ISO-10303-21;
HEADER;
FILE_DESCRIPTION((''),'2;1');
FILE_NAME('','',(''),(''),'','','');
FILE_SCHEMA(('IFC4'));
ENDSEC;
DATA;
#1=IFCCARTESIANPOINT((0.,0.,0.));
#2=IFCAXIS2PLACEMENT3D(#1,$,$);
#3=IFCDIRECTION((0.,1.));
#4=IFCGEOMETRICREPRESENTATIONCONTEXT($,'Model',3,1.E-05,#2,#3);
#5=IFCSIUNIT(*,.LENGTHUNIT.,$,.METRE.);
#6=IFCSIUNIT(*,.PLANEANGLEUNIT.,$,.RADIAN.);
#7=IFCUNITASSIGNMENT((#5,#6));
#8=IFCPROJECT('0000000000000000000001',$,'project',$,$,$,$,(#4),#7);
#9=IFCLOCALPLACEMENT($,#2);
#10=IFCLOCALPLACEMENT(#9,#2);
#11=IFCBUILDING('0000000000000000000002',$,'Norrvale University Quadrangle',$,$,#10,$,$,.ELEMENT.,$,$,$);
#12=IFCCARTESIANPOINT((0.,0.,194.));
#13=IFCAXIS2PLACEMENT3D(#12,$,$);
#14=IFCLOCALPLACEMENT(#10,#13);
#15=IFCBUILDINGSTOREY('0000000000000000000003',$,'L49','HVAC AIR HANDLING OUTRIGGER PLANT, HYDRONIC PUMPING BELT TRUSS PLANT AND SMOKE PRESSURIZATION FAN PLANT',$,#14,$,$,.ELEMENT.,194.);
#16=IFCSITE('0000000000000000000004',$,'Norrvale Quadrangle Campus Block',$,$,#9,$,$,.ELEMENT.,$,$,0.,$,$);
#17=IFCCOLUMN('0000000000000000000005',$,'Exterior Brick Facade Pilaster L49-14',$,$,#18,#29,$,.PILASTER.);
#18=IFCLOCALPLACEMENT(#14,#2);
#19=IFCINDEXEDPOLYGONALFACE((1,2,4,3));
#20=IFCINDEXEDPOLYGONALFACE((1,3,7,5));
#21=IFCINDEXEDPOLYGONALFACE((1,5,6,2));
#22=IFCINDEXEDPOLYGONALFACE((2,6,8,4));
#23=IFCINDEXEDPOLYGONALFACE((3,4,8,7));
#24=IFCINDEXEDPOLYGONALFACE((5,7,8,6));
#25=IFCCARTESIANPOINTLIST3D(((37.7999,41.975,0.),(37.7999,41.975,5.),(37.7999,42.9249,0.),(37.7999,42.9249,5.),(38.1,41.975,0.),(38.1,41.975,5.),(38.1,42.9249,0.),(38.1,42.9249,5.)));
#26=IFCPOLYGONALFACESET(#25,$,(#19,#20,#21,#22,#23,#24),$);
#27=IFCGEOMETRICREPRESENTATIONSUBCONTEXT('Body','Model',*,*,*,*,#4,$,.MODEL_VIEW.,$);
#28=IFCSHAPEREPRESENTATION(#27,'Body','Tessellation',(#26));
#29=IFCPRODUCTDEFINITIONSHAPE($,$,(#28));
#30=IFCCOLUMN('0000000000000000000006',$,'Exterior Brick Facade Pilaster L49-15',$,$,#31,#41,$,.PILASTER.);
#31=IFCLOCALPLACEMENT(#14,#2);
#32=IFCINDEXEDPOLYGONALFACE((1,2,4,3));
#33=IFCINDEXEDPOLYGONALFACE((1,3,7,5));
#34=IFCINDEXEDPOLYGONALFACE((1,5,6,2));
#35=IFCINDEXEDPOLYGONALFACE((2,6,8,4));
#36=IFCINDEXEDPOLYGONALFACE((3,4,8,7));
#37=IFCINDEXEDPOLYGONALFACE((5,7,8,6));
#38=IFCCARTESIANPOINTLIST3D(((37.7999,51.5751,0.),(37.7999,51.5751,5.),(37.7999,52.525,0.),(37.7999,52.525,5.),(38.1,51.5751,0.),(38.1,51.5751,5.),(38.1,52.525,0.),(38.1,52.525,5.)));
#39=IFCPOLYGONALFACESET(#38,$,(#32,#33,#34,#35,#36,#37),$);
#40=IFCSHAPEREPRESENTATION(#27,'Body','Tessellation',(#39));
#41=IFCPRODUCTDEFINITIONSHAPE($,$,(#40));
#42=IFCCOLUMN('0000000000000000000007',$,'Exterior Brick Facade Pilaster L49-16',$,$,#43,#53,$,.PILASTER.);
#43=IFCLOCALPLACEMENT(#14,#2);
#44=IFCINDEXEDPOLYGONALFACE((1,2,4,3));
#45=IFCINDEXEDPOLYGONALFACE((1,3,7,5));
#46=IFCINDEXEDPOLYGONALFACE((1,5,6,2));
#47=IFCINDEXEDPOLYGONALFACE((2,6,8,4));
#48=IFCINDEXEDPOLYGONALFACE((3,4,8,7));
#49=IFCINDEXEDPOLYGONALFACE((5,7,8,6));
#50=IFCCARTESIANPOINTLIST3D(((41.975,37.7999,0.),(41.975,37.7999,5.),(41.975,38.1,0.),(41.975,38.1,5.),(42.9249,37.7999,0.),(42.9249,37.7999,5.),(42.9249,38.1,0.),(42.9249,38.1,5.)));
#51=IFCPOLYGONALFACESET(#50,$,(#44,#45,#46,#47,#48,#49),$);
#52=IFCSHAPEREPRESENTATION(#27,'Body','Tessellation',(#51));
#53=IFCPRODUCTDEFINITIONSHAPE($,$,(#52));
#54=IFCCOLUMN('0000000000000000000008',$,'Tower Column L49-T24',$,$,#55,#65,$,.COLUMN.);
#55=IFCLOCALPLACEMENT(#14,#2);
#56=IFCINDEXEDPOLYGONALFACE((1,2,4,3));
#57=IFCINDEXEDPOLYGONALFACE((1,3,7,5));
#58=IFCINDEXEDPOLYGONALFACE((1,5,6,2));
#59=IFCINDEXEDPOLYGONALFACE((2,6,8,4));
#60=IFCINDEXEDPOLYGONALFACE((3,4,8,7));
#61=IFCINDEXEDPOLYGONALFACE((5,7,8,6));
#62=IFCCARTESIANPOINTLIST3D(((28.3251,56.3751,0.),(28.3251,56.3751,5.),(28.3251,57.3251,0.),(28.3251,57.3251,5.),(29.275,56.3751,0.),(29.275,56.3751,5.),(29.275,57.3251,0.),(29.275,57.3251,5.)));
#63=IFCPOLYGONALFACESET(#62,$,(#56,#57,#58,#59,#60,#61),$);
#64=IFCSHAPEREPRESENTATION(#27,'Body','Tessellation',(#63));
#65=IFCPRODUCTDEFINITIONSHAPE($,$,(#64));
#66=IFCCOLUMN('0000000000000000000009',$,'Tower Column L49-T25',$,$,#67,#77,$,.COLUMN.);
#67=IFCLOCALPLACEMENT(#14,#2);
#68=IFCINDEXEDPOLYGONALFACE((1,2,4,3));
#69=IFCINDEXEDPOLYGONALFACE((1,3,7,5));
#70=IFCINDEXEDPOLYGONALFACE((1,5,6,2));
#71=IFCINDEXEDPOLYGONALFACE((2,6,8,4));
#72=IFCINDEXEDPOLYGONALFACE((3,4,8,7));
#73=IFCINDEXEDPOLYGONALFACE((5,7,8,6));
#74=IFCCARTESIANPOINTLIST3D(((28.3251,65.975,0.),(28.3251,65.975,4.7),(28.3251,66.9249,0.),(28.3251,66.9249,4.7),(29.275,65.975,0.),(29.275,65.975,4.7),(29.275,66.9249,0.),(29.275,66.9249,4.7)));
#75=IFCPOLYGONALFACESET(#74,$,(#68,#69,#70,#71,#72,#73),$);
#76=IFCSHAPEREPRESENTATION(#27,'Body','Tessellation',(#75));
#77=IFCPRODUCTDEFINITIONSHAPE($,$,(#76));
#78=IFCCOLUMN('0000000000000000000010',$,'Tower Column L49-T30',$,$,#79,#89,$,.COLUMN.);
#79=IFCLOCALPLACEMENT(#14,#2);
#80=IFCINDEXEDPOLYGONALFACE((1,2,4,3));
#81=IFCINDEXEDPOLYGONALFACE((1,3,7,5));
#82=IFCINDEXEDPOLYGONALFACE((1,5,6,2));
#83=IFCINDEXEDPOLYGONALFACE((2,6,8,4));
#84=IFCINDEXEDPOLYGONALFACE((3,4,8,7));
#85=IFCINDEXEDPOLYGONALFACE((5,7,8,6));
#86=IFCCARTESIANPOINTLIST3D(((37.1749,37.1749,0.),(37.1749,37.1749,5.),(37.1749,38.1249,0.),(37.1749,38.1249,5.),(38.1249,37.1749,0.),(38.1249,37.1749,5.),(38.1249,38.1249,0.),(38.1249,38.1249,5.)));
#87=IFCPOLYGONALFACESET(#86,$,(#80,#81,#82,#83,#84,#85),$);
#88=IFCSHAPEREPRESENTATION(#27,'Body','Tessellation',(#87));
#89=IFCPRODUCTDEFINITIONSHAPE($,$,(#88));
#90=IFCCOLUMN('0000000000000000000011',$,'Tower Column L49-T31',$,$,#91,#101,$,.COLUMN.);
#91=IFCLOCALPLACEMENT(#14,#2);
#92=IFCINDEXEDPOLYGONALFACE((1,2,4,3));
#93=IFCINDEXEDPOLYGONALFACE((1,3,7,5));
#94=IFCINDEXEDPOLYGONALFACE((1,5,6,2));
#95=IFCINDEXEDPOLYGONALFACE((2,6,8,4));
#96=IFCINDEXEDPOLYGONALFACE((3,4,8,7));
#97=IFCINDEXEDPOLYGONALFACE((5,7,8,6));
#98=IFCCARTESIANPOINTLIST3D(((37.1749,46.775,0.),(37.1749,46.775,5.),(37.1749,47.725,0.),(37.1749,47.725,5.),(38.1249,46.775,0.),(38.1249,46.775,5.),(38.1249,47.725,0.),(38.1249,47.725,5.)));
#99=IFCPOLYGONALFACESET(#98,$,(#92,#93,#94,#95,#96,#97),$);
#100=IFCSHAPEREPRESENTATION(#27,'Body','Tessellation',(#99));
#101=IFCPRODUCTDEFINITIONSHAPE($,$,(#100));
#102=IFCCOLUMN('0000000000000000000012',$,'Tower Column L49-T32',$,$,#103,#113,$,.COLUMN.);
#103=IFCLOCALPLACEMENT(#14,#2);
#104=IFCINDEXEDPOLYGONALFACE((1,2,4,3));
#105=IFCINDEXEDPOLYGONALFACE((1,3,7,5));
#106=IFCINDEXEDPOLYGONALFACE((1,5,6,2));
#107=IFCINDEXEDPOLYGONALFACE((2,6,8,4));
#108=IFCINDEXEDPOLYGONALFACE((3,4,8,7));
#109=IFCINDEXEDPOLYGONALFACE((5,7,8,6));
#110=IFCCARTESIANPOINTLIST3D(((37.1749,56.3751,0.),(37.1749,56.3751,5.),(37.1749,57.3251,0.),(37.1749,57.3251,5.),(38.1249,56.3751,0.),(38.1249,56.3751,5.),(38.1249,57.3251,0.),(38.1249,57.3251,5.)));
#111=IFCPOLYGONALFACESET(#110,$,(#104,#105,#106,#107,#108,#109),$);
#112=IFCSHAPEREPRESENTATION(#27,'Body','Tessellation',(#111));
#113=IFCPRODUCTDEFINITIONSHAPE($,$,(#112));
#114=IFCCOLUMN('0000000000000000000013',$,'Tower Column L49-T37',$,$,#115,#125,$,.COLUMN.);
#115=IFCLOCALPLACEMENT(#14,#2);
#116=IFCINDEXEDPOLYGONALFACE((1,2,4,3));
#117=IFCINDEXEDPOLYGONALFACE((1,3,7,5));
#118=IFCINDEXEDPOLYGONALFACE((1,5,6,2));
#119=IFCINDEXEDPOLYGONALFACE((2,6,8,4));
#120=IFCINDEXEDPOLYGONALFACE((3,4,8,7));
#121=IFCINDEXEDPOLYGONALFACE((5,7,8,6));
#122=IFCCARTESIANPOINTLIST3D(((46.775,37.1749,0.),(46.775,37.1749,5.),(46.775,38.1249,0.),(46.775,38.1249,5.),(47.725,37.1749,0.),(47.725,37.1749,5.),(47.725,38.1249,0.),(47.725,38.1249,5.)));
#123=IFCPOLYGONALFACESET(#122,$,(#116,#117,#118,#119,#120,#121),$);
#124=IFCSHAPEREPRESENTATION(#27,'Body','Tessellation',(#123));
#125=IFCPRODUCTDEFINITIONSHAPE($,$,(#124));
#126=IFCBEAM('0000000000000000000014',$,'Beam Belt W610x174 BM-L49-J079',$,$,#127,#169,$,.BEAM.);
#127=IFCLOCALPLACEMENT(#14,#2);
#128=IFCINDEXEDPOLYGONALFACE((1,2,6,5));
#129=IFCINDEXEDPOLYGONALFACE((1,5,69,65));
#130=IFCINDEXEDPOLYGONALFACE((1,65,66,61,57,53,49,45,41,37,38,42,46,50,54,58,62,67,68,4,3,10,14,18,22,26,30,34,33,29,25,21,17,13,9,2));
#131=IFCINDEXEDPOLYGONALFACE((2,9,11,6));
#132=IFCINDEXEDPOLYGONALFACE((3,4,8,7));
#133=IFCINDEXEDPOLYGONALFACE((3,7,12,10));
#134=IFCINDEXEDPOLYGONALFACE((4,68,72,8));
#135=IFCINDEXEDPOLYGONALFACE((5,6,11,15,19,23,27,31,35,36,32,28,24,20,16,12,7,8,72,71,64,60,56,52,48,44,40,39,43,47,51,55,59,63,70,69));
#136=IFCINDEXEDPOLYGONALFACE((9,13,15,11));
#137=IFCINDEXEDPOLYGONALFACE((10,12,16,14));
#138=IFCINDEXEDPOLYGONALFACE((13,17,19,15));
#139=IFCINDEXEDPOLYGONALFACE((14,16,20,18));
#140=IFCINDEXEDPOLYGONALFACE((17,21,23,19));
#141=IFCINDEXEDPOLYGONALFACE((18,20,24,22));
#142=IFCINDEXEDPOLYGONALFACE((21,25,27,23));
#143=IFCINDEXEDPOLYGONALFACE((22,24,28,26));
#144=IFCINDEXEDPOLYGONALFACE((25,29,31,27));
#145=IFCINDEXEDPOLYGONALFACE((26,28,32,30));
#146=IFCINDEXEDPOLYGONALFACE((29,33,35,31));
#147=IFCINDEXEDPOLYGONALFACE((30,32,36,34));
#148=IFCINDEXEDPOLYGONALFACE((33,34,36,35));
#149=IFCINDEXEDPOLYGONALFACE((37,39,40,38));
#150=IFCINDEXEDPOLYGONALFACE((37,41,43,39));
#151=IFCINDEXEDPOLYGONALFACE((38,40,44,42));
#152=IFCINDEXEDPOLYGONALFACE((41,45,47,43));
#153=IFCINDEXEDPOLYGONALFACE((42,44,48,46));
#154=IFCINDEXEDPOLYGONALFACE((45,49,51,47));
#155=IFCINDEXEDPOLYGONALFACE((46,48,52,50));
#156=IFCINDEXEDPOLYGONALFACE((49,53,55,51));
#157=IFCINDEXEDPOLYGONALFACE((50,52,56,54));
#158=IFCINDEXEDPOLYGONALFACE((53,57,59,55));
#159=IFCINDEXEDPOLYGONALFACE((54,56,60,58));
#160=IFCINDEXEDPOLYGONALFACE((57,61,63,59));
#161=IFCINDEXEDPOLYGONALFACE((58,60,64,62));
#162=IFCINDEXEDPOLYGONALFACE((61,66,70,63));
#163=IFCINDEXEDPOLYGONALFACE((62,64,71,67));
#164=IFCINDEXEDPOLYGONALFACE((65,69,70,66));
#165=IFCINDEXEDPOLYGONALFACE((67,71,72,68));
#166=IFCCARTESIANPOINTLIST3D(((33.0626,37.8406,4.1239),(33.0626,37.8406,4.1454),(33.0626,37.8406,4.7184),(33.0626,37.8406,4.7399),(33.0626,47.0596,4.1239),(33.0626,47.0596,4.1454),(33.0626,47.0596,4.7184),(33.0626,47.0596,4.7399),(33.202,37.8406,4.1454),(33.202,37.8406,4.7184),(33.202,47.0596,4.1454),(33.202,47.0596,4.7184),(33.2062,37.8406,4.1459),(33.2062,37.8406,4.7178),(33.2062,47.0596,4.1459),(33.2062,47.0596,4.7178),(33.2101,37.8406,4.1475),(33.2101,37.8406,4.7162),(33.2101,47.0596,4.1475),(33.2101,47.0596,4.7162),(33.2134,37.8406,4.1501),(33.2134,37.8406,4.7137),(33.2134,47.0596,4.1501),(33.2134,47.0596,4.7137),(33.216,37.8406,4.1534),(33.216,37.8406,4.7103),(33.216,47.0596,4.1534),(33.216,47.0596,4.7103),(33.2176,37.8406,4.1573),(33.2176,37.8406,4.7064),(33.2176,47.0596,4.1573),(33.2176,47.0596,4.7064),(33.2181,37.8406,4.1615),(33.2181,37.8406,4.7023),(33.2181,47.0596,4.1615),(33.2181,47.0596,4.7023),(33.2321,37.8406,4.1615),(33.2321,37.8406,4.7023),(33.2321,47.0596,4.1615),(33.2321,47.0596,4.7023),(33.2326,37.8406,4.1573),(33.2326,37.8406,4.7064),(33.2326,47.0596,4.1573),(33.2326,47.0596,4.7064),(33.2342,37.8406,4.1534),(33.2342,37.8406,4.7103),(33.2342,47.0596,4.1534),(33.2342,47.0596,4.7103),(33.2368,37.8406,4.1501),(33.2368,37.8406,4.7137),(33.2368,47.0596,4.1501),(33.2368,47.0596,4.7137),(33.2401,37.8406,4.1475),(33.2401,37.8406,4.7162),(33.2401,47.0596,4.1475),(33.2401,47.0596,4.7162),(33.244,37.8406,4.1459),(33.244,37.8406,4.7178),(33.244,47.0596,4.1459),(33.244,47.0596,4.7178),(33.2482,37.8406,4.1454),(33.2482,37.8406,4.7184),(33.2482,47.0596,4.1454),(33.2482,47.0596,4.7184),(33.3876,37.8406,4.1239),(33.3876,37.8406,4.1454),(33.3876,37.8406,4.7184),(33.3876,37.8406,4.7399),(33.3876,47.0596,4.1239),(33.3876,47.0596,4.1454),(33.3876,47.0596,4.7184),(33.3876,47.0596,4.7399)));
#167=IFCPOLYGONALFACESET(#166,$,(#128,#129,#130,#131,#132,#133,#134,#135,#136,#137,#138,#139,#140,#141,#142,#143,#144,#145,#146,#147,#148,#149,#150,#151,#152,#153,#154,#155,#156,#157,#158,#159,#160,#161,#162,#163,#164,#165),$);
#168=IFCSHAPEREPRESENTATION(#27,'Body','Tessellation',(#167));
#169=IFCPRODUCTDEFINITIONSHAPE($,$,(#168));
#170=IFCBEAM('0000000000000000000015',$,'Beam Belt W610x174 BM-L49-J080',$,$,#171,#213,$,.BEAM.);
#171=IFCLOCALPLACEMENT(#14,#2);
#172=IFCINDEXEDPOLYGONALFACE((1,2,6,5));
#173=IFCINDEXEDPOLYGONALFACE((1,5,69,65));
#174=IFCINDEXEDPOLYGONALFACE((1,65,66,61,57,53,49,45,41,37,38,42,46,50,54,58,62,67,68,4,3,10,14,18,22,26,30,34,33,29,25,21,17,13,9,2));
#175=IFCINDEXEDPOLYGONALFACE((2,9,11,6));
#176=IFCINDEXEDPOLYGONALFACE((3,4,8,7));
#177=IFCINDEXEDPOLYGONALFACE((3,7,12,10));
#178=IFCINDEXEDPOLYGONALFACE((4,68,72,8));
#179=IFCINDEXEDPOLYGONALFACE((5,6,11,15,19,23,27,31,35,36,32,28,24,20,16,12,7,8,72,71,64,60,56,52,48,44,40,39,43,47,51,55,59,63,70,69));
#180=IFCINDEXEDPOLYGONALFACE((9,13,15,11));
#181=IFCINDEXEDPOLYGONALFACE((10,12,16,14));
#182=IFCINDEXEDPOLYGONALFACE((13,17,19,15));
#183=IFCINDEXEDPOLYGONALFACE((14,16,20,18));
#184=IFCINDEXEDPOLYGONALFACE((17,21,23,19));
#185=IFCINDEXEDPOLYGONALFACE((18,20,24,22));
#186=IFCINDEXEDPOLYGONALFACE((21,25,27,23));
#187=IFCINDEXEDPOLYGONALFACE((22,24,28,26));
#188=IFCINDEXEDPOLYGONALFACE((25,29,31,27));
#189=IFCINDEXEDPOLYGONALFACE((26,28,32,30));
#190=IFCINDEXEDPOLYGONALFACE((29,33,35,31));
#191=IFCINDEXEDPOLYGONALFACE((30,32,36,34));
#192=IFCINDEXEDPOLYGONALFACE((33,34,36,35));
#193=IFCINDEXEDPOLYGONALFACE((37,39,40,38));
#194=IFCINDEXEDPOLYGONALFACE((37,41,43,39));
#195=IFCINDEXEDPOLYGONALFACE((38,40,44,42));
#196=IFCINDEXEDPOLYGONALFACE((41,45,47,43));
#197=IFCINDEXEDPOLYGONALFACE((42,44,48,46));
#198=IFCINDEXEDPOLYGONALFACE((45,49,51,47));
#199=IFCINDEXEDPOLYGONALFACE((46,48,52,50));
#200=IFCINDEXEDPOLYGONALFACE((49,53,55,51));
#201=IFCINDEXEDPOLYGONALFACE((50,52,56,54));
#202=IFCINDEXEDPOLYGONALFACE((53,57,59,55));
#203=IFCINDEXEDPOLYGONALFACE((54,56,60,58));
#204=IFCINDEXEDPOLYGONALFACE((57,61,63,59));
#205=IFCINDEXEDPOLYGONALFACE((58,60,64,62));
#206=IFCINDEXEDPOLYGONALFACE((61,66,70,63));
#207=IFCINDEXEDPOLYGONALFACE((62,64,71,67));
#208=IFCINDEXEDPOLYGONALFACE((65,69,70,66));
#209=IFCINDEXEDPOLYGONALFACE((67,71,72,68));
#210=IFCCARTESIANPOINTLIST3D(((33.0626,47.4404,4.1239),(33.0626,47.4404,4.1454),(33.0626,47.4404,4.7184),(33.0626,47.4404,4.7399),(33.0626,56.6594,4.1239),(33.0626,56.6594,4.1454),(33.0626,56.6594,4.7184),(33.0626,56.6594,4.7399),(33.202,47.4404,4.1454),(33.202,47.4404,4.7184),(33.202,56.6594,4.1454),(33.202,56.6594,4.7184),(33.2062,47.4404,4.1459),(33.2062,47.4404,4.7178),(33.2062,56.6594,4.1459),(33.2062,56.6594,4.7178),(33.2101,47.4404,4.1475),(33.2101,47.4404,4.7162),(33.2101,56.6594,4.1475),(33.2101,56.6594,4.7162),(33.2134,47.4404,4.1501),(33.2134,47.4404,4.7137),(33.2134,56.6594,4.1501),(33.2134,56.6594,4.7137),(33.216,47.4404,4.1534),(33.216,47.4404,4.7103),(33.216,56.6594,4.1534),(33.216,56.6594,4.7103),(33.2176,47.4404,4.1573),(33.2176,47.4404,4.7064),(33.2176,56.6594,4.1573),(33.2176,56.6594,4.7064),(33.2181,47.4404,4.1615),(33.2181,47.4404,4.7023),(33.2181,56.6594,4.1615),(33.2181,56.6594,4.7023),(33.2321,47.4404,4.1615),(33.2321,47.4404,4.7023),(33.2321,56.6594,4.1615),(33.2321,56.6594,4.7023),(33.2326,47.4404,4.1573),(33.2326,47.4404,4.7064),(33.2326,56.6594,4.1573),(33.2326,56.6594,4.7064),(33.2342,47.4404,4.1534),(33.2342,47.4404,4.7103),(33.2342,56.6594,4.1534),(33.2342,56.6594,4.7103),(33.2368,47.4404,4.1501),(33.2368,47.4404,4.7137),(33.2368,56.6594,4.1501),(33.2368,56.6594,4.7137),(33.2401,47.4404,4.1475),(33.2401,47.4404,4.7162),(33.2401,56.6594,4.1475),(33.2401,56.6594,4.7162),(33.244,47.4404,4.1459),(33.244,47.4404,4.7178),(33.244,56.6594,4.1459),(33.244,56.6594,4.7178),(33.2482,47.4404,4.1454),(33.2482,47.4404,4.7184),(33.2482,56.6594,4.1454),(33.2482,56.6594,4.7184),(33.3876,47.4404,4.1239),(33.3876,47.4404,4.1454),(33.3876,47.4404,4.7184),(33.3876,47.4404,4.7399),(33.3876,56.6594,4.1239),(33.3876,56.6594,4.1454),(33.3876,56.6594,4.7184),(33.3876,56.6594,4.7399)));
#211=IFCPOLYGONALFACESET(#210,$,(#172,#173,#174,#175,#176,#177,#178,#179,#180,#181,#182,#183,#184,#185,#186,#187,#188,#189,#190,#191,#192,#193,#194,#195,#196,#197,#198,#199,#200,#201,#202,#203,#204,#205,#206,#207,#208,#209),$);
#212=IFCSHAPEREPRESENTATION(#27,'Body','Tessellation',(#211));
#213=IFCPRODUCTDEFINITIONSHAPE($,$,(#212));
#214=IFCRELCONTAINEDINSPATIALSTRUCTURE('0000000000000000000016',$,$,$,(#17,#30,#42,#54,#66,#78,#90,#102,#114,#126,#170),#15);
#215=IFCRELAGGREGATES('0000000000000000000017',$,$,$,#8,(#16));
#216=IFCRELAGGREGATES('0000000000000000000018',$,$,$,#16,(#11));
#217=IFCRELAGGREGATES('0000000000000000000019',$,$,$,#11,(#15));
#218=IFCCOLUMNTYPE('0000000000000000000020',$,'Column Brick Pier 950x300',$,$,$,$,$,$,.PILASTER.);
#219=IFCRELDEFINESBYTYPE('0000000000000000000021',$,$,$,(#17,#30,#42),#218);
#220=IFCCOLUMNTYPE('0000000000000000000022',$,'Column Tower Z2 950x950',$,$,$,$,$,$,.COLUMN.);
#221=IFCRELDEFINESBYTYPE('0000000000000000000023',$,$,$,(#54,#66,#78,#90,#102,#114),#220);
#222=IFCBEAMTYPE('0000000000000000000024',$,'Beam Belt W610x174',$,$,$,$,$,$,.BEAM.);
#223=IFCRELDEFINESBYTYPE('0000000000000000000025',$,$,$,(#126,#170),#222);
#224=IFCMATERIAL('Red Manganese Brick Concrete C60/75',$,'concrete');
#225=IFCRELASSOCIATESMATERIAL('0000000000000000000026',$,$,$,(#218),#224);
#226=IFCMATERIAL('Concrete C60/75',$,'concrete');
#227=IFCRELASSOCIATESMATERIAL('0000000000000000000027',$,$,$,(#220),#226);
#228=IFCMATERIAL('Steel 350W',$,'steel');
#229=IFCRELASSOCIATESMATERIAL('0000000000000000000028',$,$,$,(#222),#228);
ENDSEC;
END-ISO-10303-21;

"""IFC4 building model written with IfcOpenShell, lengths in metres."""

from ifc_helpers import new_model, si_unit, direction, frame, origin, origin_2d, place, context, subcontext, project, spatial, rectangle, i_section, extrude, material, material_profile, profile_set, type_object, element, save


model = new_model("IFC4")

# Units and contexts
model_context = context("Model", 3, precision=1e-05, world=origin(), true_north=direction((0.0, 1.0)))
body_context = subcontext(model_context, "Body", "Model", "MODEL_VIEW")
ifc_project = project(units=[si_unit("LENGTHUNIT", "METRE"), si_unit("PLANEANGLEUNIT", "RADIAN")], contexts=[model_context])

# Site, building, storey
site_placement = place(None, origin())
site = spatial("IfcSite", under=ifc_project, at=site_placement, Name="Norrvale Quadrangle Campus Block", CompositionType="ELEMENT", RefElevation=0.0)
building_placement = place(site_placement, origin())
building = spatial("IfcBuilding", under=site, at=building_placement, Name="Norrvale University Quadrangle", CompositionType="ELEMENT")
storey_placement = place(building_placement, frame((0.0, 0.0, 194.0)))
storey = spatial("IfcBuildingStorey", under=building, at=storey_placement, Name="L49", Description="HVAC AIR HANDLING OUTRIGGER PLANT, HYDRONIC PUMPING BELT TRUSS PLANT AND SMOKE PRESSURIZATION FAN PLANT", CompositionType="ELEMENT", Elevation=194.0)

# Columns
ifc_material_1 = material(Name="Red Manganese Brick Concrete C60/75", Category="concrete")
ifc_material_profile_1 = material_profile(ifc_material_1, rectangle(XDim=0.95, YDim=0.3, at=origin_2d()), Name="Red Manganese Brick Concrete C60/75")
ifc_profile_set_1 = profile_set([ifc_material_profile_1], Name="Red Manganese Brick Concrete C60/75")
column_type_1 = type_object("IfcColumnType", Name="Column Brick Pier 950x300", PredefinedType="PILASTER", material=ifc_profile_set_1)
for number, where, z_axis, x_axis, name in (
    (1, (37.95, 42.45, 0.0), (0.0, 0.0, 1.0), (0.0, 1.0, 0.0), "Exterior Brick Facade Pilaster L49-14"),
    (2, (37.95, 52.05, 0.0), (0.0, 0.0, 1.0), (0.0, 1.0, 0.0), "Exterior Brick Facade Pilaster L49-15"),
    (3, (42.45, 37.95, 0.0), (0.0, 0.0, 1.0), (1.0, 0.0, 0.0), "Exterior Brick Facade Pilaster L49-16"),
):
    element("IfcColumn", number, at=place(storey_placement, frame(where, z_axis=z_axis, x_axis=x_axis)), inside=storey, type_object=column_type_1, Name=name, PredefinedType="PILASTER", context=body_context, shape_type="SweptSolid", body=[
        extrude(rectangle(XDim=0.95, YDim=0.3, at=origin_2d()), origin(), (0.0, 0.0, 1.0), 5.0),
    ])
ifc_material_2 = material(Name="Concrete C60/75", Category="concrete")
ifc_material_profile_2 = material_profile(ifc_material_2, rectangle(XDim=0.95, YDim=0.95, at=origin_2d()), Name="Concrete C60/75")
ifc_profile_set_2 = profile_set([ifc_material_profile_2], Name="Concrete C60/75")
column_type_2 = type_object("IfcColumnType", Name="Column Tower Z2 950x950", PredefinedType="COLUMN", material=ifc_profile_set_2)
column_1_placement = place(storey_placement, frame((28.8, 56.8501, 0.0), z_axis=(0.0, 0.0, 1.0), x_axis=(1.0, 0.0, 0.0)))
element("IfcColumn", 4, at=column_1_placement, inside=storey, type_object=column_type_2, Name="Tower Column L49-T24", PredefinedType="COLUMN", context=body_context, shape_type="SweptSolid", body=[
    extrude(rectangle(XDim=0.95, YDim=0.95, at=origin_2d()), origin(), (0.0, 0.0, 1.0), 5.0),
])
column_2_placement = place(storey_placement, frame((28.8, 66.45, 0.0), z_axis=(0.0, 0.0, 1.0), x_axis=(1.0, 0.0, 0.0)))
element("IfcColumn", 5, at=column_2_placement, inside=storey, type_object=column_type_2, Name="Tower Column L49-T25", PredefinedType="COLUMN", context=body_context, shape_type="SweptSolid", body=[
    extrude(rectangle(XDim=0.95, YDim=0.95, at=origin_2d()), origin(), (0.0, 0.0, 1.0), 4.7),
])
for number, where, z_axis, x_axis, name in (
    (6, (37.6499, 37.6499, 0.0), (0.0, 0.0, 1.0), (1.0, 0.0, 0.0), "Tower Column L49-T30"),
    (7, (37.6499, 47.25, 0.0), (0.0, 0.0, 1.0), (1.0, 0.0, 0.0), "Tower Column L49-T31"),
    (8, (37.6499, 56.8501, 0.0), (0.0, 0.0, 1.0), (1.0, 0.0, 0.0), "Tower Column L49-T32"),
    (9, (47.25, 37.6499, 0.0), (0.0, 0.0, 1.0), (1.0, 0.0, 0.0), "Tower Column L49-T37"),
):
    element("IfcColumn", number, at=place(storey_placement, frame(where, z_axis=z_axis, x_axis=x_axis)), inside=storey, type_object=column_type_2, Name=name, PredefinedType="COLUMN", context=body_context, shape_type="SweptSolid", body=[
        extrude(rectangle(XDim=0.95, YDim=0.95, at=origin_2d()), origin(), (0.0, 0.0, 1.0), 5.0),
    ])

# Beams
ifc_material_3 = material(Name="Steel 350W", Category="steel")
ifc_material_profile_3 = material_profile(ifc_material_3, i_section(OverallWidth=0.325, OverallDepth=0.616, WebThickness=0.0139, FlangeThickness=0.0215, FilletRadius=0.0161, at=origin_2d()), Name="Steel 350W")
ifc_profile_set_3 = profile_set([ifc_material_profile_3], Name="Steel 350W")
beam_type_1 = type_object("IfcBeamType", Name="Beam Belt W610x174", PredefinedType="BEAM", material=ifc_profile_set_3)
for number, where, z_axis, x_axis, name in (
    (10, (33.2251, 37.8406, 4.4319), (0.0, 1.0, 0.0), (-1.0, 0.0, 0.0), "Beam Belt W610x174 BM-L49-J079"),
    (11, (33.2251, 47.4404, 4.4319), (0.0, 1.0, 0.0), (-1.0, 0.0, 0.0), "Beam Belt W610x174 BM-L49-J080"),
):
    element("IfcBeam", number, at=place(storey_placement, frame(where, z_axis=z_axis, x_axis=x_axis)), inside=storey, type_object=beam_type_1, Name=name, PredefinedType="BEAM", context=body_context, shape_type="SweptSolid", body=[
        extrude(i_section(OverallWidth=0.325, OverallDepth=0.616, WebThickness=0.0139, FlangeThickness=0.0215, FilletRadius=0.0161, at=origin_2d()), origin(), (0.0, 0.0, 1.0), 9.219),
    ])

save(model, "model.ifc")
